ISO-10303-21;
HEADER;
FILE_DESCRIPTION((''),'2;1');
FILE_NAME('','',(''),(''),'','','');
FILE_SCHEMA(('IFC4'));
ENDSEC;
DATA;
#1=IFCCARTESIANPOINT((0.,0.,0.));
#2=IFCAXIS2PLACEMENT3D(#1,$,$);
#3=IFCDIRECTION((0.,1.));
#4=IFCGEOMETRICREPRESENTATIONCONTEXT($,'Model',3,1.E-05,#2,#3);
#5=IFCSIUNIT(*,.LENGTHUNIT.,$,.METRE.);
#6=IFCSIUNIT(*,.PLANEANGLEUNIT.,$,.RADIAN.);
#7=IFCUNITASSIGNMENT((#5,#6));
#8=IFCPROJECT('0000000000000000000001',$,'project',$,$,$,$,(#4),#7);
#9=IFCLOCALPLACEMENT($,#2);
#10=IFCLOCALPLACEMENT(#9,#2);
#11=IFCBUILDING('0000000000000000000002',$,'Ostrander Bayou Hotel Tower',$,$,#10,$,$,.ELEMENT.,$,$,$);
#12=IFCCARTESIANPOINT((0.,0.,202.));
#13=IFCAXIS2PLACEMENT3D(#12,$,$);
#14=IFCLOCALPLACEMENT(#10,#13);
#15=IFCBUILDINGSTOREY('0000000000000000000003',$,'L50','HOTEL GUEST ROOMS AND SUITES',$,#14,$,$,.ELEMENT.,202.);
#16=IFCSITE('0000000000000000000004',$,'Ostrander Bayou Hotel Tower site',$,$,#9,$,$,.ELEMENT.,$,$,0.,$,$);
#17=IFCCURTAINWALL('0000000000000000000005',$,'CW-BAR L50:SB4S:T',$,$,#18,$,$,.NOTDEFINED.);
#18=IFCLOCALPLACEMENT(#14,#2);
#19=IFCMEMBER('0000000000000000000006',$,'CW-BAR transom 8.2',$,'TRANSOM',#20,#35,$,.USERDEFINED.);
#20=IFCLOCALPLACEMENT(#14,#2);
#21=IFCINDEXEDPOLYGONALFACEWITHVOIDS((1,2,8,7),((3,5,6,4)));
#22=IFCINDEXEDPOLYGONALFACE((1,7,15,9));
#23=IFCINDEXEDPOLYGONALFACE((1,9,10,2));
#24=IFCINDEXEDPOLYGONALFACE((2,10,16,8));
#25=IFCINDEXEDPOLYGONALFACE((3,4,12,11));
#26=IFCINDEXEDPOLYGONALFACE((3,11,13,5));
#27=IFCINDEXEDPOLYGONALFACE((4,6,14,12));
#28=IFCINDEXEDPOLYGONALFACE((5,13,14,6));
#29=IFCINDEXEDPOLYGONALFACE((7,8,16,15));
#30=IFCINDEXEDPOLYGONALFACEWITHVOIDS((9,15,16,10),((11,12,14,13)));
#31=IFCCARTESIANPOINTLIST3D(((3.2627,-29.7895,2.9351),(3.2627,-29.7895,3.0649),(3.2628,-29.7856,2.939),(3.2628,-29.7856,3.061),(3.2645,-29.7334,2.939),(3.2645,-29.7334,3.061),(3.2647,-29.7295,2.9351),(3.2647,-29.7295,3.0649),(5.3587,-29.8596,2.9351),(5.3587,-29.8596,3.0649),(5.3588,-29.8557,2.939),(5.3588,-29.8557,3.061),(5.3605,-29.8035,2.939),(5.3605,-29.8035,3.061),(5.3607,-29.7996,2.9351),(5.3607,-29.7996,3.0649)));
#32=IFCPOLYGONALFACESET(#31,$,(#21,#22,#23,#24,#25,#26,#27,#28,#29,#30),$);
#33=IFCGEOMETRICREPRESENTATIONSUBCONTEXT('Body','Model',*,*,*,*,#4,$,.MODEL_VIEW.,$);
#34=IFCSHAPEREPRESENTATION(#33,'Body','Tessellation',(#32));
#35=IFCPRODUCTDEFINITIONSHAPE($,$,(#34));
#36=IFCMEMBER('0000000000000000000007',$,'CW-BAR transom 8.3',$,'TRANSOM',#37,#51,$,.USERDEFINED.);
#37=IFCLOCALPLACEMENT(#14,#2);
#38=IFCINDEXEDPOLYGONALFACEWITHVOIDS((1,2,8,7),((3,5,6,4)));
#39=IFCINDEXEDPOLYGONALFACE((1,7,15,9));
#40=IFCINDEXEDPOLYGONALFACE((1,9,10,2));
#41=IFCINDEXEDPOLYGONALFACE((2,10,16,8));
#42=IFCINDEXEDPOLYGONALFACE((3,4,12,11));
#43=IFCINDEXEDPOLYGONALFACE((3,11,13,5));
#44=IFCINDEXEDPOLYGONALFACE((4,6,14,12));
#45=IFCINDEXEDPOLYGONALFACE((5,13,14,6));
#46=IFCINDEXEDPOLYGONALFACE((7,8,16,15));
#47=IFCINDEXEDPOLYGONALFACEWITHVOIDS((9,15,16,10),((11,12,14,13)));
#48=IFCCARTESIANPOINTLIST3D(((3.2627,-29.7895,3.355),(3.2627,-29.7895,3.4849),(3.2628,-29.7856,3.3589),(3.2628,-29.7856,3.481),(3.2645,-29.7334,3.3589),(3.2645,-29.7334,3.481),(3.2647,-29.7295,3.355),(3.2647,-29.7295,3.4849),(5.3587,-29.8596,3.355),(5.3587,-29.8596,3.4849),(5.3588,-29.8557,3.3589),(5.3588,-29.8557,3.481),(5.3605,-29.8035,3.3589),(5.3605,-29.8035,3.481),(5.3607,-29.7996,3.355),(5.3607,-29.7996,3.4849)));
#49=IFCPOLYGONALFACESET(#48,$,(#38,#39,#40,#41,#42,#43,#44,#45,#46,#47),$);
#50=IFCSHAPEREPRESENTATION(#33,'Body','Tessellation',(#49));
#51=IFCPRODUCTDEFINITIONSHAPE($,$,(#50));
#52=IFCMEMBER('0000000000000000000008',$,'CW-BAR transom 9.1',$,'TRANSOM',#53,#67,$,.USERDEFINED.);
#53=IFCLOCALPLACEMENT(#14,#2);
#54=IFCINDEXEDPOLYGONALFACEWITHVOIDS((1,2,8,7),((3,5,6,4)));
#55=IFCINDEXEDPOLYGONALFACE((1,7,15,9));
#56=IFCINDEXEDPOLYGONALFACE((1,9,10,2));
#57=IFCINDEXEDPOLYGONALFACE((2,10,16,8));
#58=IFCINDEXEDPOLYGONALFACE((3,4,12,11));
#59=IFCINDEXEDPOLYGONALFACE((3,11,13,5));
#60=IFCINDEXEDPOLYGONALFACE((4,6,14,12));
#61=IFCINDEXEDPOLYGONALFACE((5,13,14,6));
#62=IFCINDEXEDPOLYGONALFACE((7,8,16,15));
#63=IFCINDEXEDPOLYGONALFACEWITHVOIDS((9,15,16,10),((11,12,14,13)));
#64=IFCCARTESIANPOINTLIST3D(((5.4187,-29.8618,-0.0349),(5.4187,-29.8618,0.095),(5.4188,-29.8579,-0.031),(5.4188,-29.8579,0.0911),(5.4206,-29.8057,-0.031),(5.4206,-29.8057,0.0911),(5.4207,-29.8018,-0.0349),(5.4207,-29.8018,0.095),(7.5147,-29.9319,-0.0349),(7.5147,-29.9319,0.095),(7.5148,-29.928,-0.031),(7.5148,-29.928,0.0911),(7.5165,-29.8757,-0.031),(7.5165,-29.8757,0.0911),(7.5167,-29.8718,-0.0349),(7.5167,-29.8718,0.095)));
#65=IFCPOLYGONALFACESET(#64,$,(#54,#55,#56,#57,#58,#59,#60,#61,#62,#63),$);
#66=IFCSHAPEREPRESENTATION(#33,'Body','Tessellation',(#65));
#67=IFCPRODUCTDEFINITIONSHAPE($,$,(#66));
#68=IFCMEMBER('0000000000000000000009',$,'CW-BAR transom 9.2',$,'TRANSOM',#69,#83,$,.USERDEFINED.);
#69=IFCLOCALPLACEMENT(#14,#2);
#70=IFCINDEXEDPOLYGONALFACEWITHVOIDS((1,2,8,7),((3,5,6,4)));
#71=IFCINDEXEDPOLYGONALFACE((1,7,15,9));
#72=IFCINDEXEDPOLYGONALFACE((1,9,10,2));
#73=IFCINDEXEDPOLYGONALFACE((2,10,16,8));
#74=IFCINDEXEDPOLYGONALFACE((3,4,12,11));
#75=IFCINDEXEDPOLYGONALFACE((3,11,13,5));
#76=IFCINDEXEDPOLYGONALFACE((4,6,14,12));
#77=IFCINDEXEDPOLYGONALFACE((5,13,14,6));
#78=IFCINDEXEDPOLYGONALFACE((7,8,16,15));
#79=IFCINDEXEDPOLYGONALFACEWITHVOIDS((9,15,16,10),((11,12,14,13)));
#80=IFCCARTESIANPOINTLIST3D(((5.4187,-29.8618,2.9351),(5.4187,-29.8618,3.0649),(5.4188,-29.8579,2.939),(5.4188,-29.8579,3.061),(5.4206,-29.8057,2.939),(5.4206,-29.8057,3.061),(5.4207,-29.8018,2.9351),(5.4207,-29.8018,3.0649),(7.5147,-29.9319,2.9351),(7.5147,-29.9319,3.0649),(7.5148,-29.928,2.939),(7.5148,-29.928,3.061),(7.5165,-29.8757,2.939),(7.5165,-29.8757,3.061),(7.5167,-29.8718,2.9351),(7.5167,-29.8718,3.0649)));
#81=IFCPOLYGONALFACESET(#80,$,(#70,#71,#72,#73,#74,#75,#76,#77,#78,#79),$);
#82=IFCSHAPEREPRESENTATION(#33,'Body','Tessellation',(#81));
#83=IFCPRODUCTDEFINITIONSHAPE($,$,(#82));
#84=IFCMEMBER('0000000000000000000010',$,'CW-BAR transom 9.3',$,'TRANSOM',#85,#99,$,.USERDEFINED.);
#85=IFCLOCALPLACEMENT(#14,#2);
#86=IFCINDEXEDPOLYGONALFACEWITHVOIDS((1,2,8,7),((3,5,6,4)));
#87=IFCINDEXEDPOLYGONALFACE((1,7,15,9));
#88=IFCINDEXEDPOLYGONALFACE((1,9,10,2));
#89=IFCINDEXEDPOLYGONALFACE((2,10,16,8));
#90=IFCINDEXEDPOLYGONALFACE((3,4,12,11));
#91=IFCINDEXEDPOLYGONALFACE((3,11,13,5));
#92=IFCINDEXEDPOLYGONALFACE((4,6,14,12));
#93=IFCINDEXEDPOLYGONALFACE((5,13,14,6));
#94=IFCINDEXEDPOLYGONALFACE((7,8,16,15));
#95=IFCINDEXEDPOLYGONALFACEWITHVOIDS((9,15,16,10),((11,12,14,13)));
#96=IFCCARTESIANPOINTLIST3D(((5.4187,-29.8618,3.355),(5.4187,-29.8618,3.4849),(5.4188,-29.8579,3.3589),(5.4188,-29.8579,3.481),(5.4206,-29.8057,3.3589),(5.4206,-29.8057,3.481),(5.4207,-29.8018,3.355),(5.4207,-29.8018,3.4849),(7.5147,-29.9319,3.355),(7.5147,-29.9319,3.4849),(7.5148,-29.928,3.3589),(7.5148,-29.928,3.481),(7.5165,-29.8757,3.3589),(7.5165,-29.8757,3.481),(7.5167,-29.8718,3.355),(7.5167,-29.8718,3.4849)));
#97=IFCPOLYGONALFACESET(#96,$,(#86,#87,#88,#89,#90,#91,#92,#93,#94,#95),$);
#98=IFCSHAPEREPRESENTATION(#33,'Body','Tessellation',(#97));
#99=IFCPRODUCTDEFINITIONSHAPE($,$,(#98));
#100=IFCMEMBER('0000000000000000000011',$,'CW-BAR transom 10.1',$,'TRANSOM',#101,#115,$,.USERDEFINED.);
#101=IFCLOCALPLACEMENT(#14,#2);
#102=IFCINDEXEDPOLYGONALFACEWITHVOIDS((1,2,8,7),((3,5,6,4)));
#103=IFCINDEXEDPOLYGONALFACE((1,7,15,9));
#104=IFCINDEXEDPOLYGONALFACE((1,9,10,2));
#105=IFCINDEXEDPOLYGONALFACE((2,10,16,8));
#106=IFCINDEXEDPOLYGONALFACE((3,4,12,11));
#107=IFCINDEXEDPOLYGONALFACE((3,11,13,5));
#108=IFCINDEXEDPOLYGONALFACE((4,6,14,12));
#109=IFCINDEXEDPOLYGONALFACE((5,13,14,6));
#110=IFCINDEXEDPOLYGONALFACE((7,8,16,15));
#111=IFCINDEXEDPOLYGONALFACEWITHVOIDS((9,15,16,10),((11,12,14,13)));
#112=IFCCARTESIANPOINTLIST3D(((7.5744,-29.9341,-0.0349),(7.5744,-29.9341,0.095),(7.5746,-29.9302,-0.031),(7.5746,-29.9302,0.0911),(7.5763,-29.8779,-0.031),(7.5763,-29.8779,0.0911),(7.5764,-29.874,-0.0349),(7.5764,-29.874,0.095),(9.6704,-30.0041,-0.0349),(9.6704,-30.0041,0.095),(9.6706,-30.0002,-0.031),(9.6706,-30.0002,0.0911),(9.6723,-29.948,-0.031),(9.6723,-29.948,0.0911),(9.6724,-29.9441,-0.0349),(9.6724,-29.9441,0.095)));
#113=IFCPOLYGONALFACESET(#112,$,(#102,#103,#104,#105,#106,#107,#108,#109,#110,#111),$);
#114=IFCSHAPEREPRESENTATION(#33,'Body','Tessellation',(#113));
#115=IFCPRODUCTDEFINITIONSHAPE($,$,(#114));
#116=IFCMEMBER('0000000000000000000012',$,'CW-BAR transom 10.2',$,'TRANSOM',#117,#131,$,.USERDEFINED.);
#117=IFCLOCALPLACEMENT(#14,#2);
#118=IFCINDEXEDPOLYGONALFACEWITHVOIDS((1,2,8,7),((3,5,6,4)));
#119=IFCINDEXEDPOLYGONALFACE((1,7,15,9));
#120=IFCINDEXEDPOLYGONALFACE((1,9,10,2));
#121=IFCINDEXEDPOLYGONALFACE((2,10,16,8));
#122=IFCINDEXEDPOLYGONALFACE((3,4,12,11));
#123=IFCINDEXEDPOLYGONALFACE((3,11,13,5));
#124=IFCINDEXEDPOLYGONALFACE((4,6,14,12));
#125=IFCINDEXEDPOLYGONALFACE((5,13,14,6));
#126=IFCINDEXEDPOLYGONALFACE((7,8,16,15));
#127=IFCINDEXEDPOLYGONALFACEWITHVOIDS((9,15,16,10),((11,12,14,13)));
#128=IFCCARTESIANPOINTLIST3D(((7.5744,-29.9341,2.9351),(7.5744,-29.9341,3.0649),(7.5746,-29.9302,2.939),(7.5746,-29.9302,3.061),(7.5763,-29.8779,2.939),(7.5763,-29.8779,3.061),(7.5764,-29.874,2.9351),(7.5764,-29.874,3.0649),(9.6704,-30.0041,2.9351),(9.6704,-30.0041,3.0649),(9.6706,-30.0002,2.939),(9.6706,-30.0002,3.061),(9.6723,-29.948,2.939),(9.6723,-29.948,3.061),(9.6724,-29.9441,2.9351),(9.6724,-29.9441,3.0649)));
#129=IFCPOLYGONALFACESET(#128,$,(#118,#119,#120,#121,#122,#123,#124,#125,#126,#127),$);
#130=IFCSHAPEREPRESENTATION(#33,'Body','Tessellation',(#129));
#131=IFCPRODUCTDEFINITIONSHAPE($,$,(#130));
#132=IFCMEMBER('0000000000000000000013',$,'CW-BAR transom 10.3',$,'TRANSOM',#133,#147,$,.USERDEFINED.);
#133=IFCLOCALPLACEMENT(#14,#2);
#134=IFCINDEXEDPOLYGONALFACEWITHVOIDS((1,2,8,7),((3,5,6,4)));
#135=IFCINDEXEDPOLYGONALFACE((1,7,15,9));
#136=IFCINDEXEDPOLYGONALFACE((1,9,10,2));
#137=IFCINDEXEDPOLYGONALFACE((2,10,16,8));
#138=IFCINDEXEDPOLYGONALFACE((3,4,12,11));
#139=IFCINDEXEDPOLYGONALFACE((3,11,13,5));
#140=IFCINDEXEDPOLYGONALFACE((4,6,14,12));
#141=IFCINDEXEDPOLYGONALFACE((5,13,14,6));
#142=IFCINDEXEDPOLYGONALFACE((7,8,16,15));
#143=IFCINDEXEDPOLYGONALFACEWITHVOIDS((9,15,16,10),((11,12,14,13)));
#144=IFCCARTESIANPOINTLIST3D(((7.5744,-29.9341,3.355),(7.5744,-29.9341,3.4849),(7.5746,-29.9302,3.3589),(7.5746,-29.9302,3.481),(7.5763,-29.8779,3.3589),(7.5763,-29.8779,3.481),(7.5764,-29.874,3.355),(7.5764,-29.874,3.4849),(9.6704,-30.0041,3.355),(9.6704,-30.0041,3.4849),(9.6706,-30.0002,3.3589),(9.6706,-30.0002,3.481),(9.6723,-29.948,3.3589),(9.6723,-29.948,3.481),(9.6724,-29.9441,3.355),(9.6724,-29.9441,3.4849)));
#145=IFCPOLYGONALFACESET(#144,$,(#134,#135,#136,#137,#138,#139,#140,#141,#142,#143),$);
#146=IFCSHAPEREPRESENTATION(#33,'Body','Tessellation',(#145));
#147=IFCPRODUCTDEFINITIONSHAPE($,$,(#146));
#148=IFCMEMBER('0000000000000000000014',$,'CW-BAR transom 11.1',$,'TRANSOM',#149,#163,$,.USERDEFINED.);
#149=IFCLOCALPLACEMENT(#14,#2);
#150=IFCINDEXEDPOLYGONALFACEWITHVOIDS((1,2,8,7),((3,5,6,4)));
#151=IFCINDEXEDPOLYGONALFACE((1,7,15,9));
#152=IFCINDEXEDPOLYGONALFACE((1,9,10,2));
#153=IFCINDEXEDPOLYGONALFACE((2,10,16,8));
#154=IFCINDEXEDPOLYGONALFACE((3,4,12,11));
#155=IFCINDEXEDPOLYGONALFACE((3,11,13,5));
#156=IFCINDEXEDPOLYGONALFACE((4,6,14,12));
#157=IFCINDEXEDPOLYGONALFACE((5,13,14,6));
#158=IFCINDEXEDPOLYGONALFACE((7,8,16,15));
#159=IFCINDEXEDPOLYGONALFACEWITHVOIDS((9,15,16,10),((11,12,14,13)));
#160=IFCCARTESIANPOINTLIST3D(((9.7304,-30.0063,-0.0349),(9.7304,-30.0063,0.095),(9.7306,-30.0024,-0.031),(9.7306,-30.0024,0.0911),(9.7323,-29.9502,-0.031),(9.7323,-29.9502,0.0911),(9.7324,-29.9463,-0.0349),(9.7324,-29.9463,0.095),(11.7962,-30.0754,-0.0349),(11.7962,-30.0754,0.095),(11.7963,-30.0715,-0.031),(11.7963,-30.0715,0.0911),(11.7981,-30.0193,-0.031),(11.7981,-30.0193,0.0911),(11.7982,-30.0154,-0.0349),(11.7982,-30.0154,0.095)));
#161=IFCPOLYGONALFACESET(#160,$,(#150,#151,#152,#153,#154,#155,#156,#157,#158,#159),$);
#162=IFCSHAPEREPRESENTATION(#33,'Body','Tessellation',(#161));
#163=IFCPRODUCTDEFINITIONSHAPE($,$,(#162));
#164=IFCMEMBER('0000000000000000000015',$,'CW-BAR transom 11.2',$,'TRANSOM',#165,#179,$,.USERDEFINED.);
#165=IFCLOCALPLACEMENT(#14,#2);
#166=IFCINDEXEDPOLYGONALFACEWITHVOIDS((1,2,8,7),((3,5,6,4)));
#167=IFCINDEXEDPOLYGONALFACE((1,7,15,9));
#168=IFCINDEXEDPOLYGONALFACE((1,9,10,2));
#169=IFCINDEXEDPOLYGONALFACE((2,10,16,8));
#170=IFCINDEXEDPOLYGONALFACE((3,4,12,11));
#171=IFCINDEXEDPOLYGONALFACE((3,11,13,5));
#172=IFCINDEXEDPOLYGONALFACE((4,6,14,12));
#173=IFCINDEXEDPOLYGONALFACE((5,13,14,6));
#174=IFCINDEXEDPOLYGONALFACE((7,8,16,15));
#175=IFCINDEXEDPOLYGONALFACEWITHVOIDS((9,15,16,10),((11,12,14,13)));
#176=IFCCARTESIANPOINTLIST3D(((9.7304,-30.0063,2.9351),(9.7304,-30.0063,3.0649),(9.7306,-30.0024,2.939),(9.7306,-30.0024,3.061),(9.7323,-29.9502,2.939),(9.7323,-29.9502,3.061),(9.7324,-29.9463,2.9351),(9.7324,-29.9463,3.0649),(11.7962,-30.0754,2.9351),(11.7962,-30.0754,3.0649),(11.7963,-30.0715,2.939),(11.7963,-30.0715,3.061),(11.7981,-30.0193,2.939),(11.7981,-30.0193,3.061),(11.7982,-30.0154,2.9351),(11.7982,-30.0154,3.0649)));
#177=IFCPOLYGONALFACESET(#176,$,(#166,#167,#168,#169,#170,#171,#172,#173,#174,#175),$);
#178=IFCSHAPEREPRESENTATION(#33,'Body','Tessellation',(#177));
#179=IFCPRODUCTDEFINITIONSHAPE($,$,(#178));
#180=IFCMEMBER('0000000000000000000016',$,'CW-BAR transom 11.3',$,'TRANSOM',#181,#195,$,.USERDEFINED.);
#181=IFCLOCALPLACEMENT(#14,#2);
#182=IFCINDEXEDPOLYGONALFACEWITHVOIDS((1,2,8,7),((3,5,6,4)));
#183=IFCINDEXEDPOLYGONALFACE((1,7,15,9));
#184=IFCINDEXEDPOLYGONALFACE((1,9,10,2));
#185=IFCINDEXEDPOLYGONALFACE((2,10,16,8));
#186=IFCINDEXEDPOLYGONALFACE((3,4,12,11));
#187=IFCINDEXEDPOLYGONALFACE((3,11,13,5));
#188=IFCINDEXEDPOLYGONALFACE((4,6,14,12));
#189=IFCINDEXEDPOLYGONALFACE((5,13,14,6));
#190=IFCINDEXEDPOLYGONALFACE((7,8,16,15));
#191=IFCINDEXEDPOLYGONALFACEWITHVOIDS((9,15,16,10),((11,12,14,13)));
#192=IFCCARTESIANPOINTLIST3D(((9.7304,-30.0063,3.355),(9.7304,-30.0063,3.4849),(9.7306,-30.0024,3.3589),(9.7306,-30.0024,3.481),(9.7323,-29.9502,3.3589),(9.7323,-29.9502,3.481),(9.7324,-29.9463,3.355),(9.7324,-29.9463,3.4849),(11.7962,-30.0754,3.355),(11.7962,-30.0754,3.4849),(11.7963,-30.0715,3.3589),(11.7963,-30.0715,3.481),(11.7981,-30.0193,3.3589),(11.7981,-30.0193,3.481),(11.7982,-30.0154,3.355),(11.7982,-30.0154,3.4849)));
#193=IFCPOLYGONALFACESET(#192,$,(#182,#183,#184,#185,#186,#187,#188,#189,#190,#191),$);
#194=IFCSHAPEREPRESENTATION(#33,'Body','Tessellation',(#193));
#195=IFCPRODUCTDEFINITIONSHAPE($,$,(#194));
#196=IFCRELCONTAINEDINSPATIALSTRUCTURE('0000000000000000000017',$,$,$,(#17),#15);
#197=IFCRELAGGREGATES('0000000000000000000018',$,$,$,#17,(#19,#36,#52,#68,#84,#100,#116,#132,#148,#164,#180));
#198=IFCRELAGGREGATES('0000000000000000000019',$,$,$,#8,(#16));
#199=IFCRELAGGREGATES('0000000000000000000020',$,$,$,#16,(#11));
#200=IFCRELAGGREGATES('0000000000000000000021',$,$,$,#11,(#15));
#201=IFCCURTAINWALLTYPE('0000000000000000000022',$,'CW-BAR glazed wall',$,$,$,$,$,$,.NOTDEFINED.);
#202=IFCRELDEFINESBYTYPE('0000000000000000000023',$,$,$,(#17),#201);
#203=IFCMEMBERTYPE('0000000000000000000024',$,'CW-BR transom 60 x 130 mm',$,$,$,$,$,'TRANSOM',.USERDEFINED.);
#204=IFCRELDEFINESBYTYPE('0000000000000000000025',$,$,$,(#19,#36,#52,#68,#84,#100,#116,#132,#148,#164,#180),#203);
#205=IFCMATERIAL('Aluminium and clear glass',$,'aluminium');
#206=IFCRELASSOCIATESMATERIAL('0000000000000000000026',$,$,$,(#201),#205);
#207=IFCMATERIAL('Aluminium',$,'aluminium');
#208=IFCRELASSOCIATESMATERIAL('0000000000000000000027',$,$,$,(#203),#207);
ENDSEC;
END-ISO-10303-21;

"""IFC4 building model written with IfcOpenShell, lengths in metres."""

from ifc_helpers import new_model, si_unit, direction, frame, origin, origin_2d, place, context, subcontext, project, spatial, hollow_rectangle, extrude, material, material_profile, profile_set, type_object, element, aggregate, save


model = new_model("IFC4")

# Units and contexts
model_context = context("Model", 3, precision=1e-05, world=origin(), true_north=direction((0.0, 1.0)))
body_context = subcontext(model_context, "Body", "Model", "MODEL_VIEW")
ifc_project = project(units=[si_unit("LENGTHUNIT", "METRE"), si_unit("PLANEANGLEUNIT", "RADIAN")], contexts=[model_context])

# Site, building, storey
site_placement = place(None, origin())
site = spatial("IfcSite", under=ifc_project, at=site_placement, Name="Ostrander Bayou Hotel Tower site", CompositionType="ELEMENT", RefElevation=0.0)
building_placement = place(site_placement, origin())
building = spatial("IfcBuilding", under=site, at=building_placement, Name="Ostrander Bayou Hotel Tower", CompositionType="ELEMENT")
storey_placement = place(building_placement, frame((0.0, 0.0, 202.0)))
storey = spatial("IfcBuildingStorey", under=building, at=storey_placement, Name="L50", Description="HOTEL GUEST ROOMS AND SUITES", CompositionType="ELEMENT", Elevation=202.0)

# Curtain wall, members
ifc_material_1 = material(Name="Aluminium and clear glass", Category="aluminium")
curtain_wall_type = type_object("IfcCurtainWallType", Name="CW-BAR glazed wall", PredefinedType="NOTDEFINED", material=ifc_material_1)
curtain_wall_placement = place(storey_placement, origin())
curtain_wall = element("IfcCurtainWall", 1, at=curtain_wall_placement, inside=storey, type_object=curtain_wall_type, Name="CW-BAR L50:SB4S:T", PredefinedType="NOTDEFINED")
ifc_material_2 = material(Name="Aluminium", Category="aluminium")
ifc_material_profile_1 = material_profile(ifc_material_2, hollow_rectangle(XDim=0.0601, YDim=0.1299, WallThickness=0.0039, at=origin_2d()))
ifc_profile_set_1 = profile_set([ifc_material_profile_1], Name="Aluminium")
member_type_1 = type_object("IfcMemberType", Name="CW-BR transom 60 x 130 mm", ElementType="TRANSOM", PredefinedType="USERDEFINED", material=ifc_profile_set_1)
member_1_placement = place(storey_placement, frame((3.2637, -29.7595, 3.0), z_axis=(0.999442, -0.033412, 0.0), x_axis=(0.033412, 0.999442, 0.0)))
member_1 = element("IfcMember", 2, at=member_1_placement, type_object=member_type_1, Name="CW-BAR transom 8.2", ObjectType="TRANSOM", PredefinedType="USERDEFINED", context=body_context, shape_type="SweptSolid", body=[
    extrude(hollow_rectangle(XDim=0.0601, YDim=0.1299, WallThickness=0.0039, at=origin_2d()), origin(), (0.0, 0.0, 1.0), 2.0972),
])
member_2_placement = place(storey_placement, frame((3.2637, -29.7595, 3.4199), z_axis=(0.999442, -0.033412, 0.0), x_axis=(0.033412, 0.999442, 0.0)))
member_2 = element("IfcMember", 3, at=member_2_placement, type_object=member_type_1, Name="CW-BAR transom 8.3", ObjectType="TRANSOM", PredefinedType="USERDEFINED", context=body_context, shape_type="SweptSolid", body=[
    extrude(hollow_rectangle(XDim=0.0601, YDim=0.1299, WallThickness=0.0039, at=origin_2d()), origin(), (0.0, 0.0, 1.0), 2.0972),
])
member_3_placement = place(storey_placement, frame((5.4197, -29.8318, 0.03), z_axis=(0.999442, -0.033412, 0.0), x_axis=(0.033412, 0.999442, 0.0)))
member_3 = element("IfcMember", 4, at=member_3_placement, type_object=member_type_1, Name="CW-BAR transom 9.1", ObjectType="TRANSOM", PredefinedType="USERDEFINED", context=body_context, shape_type="SweptSolid", body=[
    extrude(hollow_rectangle(XDim=0.0601, YDim=0.1299, WallThickness=0.0039, at=origin_2d()), origin(), (0.0, 0.0, 1.0), 2.0972),
])
member_4_placement = place(storey_placement, frame((5.4197, -29.8318, 3.0), z_axis=(0.999442, -0.033412, 0.0), x_axis=(0.033412, 0.999442, 0.0)))
member_4 = element("IfcMember", 5, at=member_4_placement, type_object=member_type_1, Name="CW-BAR transom 9.2", ObjectType="TRANSOM", PredefinedType="USERDEFINED", context=body_context, shape_type="SweptSolid", body=[
    extrude(hollow_rectangle(XDim=0.0601, YDim=0.1299, WallThickness=0.0039, at=origin_2d()), origin(), (0.0, 0.0, 1.0), 2.0972),
])
member_5_placement = place(storey_placement, frame((5.4197, -29.8318, 3.4199), z_axis=(0.999442, -0.033412, 0.0), x_axis=(0.033412, 0.999442, 0.0)))
member_5 = element("IfcMember", 6, at=member_5_placement, type_object=member_type_1, Name="CW-BAR transom 9.3", ObjectType="TRANSOM", PredefinedType="USERDEFINED", context=body_context, shape_type="SweptSolid", body=[
    extrude(hollow_rectangle(XDim=0.0601, YDim=0.1299, WallThickness=0.0039, at=origin_2d()), origin(), (0.0, 0.0, 1.0), 2.0972),
])
member_6_placement = place(storey_placement, frame((7.5754, -29.9041, 0.03), z_axis=(0.999442, -0.033412, 0.0), x_axis=(0.033412, 0.999442, 0.0)))
member_6 = element("IfcMember", 7, at=member_6_placement, type_object=member_type_1, Name="CW-BAR transom 10.1", ObjectType="TRANSOM", PredefinedType="USERDEFINED", context=body_context, shape_type="SweptSolid", body=[
    extrude(hollow_rectangle(XDim=0.0601, YDim=0.1299, WallThickness=0.0039, at=origin_2d()), origin(), (0.0, 0.0, 1.0), 2.0972),
])
member_7_placement = place(storey_placement, frame((7.5754, -29.9041, 3.0), z_axis=(0.999442, -0.033412, 0.0), x_axis=(0.033412, 0.999442, 0.0)))
member_7 = element("IfcMember", 8, at=member_7_placement, type_object=member_type_1, Name="CW-BAR transom 10.2", ObjectType="TRANSOM", PredefinedType="USERDEFINED", context=body_context, shape_type="SweptSolid", body=[
    extrude(hollow_rectangle(XDim=0.0601, YDim=0.1299, WallThickness=0.0039, at=origin_2d()), origin(), (0.0, 0.0, 1.0), 2.0972),
])
member_8_placement = place(storey_placement, frame((7.5754, -29.9041, 3.4199), z_axis=(0.999442, -0.033412, 0.0), x_axis=(0.033412, 0.999442, 0.0)))
member_8 = element("IfcMember", 9, at=member_8_placement, type_object=member_type_1, Name="CW-BAR transom 10.3", ObjectType="TRANSOM", PredefinedType="USERDEFINED", context=body_context, shape_type="SweptSolid", body=[
    extrude(hollow_rectangle(XDim=0.0601, YDim=0.1299, WallThickness=0.0039, at=origin_2d()), origin(), (0.0, 0.0, 1.0), 2.0972),
])
member_9_placement = place(storey_placement, frame((9.7314, -29.9763, 0.03), z_axis=(0.999441, -0.033429, 0.0), x_axis=(0.033429, 0.999441, 0.0)))
member_9 = element("IfcMember", 10, at=member_9_placement, type_object=member_type_1, Name="CW-BAR transom 11.1", ObjectType="TRANSOM", PredefinedType="USERDEFINED", context=body_context, shape_type="SweptSolid", body=[
    extrude(hollow_rectangle(XDim=0.0601, YDim=0.1299, WallThickness=0.0039, at=origin_2d()), origin(), (0.0, 0.0, 1.0), 2.0669),
])
member_10_placement = place(storey_placement, frame((9.7314, -29.9763, 3.0), z_axis=(0.999441, -0.033429, 0.0), x_axis=(0.033429, 0.999441, 0.0)))
member_10 = element("IfcMember", 11, at=member_10_placement, type_object=member_type_1, Name="CW-BAR transom 11.2", ObjectType="TRANSOM", PredefinedType="USERDEFINED", context=body_context, shape_type="SweptSolid", body=[
    extrude(hollow_rectangle(XDim=0.0601, YDim=0.1299, WallThickness=0.0039, at=origin_2d()), origin(), (0.0, 0.0, 1.0), 2.0669),
])
member_11_placement = place(storey_placement, frame((9.7314, -29.9763, 3.4199), z_axis=(0.999441, -0.033429, 0.0), x_axis=(0.033429, 0.999441, 0.0)))
member_11 = element("IfcMember", 12, at=member_11_placement, type_object=member_type_1, Name="CW-BAR transom 11.3", ObjectType="TRANSOM", PredefinedType="USERDEFINED", context=body_context, shape_type="SweptSolid", body=[
    extrude(hollow_rectangle(XDim=0.0601, YDim=0.1299, WallThickness=0.0039, at=origin_2d()), origin(), (0.0, 0.0, 1.0), 2.0669),
])
aggregate(curtain_wall, [member_1, member_2, member_3, member_4, member_5, member_6, member_7, member_8, member_9, member_10, member_11])

save(model, "model.ifc")
